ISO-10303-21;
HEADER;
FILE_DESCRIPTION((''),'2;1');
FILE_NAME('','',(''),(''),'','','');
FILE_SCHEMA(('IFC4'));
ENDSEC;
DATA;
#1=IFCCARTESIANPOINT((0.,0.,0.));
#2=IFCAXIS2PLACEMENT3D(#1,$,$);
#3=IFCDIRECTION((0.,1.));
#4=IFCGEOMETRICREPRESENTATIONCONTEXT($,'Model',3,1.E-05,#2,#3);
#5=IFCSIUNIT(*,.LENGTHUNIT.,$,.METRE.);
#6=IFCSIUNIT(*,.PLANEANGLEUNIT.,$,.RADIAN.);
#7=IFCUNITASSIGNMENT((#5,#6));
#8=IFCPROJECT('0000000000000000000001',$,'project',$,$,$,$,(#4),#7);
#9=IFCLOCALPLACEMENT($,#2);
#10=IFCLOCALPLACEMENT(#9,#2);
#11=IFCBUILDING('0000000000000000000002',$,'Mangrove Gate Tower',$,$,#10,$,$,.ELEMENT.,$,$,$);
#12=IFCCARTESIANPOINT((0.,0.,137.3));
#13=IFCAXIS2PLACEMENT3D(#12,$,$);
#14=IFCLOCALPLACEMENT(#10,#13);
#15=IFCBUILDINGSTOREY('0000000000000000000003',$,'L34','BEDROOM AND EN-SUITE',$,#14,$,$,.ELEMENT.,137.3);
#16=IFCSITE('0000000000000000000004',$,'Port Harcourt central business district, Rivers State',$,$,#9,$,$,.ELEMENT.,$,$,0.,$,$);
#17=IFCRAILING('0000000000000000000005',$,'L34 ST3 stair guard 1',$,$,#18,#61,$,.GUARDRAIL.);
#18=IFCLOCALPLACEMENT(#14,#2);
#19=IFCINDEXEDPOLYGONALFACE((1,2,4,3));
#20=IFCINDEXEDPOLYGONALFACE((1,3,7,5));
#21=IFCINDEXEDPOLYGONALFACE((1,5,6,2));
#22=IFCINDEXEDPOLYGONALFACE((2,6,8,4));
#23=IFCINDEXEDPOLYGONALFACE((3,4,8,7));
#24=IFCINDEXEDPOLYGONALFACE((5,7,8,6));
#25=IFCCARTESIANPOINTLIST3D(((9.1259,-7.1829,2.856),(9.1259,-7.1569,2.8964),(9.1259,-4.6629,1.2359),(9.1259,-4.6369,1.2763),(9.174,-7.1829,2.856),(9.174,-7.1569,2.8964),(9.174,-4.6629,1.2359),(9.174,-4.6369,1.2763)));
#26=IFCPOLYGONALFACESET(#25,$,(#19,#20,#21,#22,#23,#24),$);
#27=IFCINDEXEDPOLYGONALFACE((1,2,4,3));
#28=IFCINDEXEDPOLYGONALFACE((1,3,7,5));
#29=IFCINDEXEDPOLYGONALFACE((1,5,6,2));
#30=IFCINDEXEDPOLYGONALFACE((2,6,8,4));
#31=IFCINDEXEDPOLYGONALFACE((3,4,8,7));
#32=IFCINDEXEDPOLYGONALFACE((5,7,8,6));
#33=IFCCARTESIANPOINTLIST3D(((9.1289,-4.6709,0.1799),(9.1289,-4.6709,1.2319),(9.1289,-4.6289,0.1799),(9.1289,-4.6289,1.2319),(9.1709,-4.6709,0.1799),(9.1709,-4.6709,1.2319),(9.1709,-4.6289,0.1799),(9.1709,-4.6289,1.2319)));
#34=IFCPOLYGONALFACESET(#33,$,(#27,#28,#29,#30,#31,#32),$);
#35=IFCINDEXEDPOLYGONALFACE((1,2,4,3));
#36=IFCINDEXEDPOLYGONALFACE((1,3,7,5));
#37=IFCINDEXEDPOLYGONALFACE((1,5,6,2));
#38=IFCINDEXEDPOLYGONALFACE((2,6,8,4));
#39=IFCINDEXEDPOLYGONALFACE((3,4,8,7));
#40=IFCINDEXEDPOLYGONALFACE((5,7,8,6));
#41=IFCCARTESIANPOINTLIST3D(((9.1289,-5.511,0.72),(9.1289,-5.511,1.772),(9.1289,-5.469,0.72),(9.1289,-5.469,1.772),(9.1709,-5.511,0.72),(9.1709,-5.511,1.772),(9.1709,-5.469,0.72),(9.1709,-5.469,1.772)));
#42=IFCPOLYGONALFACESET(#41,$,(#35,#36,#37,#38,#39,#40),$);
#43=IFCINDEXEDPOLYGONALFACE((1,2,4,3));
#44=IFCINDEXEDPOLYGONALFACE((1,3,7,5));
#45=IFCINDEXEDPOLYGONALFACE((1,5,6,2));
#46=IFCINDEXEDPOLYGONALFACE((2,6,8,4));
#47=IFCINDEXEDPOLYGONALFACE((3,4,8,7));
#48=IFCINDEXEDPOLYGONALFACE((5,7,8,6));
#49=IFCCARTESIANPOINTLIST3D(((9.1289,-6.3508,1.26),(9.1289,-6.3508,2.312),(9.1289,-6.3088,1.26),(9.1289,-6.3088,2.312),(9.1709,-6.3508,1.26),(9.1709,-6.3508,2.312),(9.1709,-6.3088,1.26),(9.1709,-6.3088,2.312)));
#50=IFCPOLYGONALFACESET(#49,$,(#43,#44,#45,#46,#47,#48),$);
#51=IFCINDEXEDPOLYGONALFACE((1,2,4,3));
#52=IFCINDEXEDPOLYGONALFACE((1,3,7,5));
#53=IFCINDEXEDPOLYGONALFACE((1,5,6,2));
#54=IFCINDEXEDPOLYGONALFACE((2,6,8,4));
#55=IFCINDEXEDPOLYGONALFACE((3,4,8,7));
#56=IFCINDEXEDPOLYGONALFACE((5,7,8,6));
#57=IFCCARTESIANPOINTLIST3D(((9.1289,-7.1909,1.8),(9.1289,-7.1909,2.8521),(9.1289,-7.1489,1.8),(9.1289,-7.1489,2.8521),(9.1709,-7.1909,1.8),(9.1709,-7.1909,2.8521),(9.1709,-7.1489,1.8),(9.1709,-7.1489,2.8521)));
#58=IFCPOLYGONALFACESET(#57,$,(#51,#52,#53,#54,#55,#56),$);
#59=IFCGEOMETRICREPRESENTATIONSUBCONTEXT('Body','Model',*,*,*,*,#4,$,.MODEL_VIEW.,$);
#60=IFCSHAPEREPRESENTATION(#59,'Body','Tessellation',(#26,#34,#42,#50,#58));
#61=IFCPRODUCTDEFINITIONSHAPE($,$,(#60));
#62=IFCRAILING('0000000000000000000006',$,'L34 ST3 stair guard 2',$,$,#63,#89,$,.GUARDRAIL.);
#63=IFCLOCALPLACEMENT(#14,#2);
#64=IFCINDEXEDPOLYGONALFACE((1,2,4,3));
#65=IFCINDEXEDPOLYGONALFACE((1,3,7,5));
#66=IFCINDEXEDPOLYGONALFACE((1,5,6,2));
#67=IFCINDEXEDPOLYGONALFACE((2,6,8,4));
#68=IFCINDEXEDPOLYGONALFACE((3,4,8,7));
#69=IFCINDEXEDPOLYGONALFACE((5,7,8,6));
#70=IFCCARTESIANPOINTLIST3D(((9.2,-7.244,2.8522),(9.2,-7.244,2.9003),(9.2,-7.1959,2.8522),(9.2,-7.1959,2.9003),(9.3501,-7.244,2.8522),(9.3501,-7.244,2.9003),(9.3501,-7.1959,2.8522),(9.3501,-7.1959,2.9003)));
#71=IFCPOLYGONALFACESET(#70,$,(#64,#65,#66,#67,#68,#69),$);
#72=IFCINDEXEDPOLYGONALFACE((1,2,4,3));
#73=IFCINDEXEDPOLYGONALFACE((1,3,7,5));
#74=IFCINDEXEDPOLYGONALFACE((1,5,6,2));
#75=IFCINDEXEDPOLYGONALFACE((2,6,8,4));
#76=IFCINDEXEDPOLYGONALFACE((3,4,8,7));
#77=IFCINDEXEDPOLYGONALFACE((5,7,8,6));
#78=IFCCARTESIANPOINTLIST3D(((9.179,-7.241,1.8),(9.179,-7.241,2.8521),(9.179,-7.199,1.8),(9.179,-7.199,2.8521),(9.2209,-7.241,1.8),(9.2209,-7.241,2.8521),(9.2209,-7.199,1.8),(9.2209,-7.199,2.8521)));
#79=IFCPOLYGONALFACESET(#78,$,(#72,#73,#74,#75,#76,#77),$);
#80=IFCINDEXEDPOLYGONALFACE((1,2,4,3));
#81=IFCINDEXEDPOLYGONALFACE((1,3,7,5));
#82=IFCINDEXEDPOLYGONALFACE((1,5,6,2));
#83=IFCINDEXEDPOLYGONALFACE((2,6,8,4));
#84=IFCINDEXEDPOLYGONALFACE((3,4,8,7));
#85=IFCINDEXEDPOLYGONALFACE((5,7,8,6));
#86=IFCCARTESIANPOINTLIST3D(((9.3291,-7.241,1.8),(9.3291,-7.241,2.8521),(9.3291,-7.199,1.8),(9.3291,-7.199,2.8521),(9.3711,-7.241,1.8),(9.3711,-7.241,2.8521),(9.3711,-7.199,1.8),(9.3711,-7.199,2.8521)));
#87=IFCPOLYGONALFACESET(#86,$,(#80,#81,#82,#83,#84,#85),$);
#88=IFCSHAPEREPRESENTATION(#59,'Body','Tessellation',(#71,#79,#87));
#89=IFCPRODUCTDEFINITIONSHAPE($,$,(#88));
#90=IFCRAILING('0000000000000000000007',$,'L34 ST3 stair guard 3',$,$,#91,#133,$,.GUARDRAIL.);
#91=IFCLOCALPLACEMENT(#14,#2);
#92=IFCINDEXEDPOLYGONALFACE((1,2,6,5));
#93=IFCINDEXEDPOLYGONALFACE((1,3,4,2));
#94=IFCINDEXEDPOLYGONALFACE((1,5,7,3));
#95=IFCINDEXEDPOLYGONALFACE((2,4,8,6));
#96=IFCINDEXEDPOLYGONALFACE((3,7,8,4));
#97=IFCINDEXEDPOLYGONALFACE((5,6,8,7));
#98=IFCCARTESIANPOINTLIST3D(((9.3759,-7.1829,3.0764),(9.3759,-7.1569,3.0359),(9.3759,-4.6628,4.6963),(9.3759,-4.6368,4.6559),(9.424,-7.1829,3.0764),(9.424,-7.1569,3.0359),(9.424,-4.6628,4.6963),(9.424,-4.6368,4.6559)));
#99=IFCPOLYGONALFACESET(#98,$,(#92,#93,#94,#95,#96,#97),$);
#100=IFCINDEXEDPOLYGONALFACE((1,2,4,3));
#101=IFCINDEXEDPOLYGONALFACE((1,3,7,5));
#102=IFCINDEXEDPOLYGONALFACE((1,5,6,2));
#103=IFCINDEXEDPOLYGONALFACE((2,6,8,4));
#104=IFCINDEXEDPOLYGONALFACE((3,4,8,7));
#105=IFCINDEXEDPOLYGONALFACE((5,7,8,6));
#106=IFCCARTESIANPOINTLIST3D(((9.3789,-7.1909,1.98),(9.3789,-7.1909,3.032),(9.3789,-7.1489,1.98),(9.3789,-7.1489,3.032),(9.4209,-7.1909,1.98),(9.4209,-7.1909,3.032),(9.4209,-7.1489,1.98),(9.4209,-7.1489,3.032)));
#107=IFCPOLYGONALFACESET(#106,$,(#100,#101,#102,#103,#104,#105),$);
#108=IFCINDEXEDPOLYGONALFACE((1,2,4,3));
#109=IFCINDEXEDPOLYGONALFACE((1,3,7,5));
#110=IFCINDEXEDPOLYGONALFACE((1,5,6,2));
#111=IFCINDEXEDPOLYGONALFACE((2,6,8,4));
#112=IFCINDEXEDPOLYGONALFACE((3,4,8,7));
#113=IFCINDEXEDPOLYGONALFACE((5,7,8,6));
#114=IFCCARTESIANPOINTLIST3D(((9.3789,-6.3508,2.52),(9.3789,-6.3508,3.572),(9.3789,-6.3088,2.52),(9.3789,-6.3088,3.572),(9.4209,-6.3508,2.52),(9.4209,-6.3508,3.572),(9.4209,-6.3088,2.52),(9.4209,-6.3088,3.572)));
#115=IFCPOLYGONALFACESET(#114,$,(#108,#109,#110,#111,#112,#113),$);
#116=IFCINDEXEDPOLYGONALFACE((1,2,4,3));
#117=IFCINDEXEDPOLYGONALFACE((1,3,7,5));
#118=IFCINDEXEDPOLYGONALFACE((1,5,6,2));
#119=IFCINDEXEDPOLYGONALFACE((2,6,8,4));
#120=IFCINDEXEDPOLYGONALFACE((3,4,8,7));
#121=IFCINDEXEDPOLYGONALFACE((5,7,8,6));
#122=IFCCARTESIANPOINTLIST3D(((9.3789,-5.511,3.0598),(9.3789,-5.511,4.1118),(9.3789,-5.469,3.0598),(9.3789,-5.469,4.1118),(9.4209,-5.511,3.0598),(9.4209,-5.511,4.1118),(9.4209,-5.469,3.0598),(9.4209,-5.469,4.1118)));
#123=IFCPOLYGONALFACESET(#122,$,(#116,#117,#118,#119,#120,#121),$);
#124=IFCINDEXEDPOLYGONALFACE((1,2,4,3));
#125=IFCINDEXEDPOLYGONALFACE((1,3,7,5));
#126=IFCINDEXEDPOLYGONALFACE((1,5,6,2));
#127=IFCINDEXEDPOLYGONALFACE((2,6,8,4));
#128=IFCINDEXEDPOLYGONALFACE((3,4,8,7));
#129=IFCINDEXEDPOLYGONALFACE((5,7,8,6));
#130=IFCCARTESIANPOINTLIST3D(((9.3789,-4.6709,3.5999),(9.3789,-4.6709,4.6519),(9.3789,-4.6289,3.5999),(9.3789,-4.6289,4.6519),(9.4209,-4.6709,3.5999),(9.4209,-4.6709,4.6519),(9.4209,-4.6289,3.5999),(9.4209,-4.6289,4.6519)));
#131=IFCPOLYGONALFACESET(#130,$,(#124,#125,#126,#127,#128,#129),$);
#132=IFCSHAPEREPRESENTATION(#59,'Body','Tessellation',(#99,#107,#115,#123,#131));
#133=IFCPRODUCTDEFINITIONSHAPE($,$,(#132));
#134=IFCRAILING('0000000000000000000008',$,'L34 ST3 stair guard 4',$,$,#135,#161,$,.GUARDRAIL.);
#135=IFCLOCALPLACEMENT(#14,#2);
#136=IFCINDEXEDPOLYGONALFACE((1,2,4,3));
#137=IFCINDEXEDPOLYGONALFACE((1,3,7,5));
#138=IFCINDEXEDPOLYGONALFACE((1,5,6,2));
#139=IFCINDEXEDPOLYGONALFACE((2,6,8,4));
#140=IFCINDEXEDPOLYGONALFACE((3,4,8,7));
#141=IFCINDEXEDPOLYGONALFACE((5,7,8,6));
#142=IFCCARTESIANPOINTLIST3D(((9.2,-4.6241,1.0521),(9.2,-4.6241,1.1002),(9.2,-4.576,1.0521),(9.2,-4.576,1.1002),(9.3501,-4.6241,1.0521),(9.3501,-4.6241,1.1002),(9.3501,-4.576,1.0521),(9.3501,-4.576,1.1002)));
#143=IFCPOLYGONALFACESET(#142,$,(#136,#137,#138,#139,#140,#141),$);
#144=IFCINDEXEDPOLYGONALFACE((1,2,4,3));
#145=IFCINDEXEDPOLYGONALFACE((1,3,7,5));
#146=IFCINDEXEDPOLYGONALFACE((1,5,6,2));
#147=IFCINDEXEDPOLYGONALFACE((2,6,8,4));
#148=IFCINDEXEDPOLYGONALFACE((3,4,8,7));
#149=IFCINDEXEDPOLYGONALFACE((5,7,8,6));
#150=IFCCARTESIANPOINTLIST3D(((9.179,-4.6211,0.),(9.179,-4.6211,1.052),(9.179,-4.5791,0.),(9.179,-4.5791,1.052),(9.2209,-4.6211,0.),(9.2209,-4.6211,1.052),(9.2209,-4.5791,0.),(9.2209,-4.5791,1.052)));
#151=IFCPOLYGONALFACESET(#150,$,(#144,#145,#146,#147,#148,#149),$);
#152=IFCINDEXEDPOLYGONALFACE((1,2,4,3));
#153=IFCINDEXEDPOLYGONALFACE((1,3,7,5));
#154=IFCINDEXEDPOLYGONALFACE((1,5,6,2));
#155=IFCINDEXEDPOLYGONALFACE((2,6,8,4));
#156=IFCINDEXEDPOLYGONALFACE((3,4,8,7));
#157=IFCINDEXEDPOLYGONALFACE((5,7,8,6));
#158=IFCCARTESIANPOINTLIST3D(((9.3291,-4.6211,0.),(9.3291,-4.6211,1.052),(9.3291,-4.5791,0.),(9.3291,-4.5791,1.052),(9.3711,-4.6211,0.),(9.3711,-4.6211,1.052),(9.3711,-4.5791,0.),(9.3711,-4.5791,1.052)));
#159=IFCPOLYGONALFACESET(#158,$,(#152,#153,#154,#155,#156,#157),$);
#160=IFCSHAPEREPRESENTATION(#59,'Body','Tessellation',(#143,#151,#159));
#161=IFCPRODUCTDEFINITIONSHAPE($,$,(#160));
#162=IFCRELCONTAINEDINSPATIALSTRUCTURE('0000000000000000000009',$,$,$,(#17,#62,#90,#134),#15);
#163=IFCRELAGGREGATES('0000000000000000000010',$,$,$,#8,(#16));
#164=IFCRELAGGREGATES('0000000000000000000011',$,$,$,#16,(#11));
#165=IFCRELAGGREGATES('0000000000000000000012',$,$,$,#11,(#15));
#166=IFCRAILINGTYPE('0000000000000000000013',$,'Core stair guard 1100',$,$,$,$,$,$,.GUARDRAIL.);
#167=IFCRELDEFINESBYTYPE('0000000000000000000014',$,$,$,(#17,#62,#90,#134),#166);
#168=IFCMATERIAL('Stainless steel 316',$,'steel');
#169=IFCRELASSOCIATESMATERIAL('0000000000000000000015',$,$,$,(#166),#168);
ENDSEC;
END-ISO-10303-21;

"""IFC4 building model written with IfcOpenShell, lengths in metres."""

from ifc_helpers import new_model, si_unit, direction, frame, origin, origin_2d, place, context, subcontext, project, spatial, rectangle, extrude, material, type_object, element, save


model = new_model("IFC4")

# Units and contexts
model_context = context("Model", 3, precision=1e-05, world=origin(), true_north=direction((0.0, 1.0)))
body_context = subcontext(model_context, "Body", "Model", "MODEL_VIEW")
ifc_project = project(units=[si_unit("LENGTHUNIT", "METRE"), si_unit("PLANEANGLEUNIT", "RADIAN")], contexts=[model_context])

# Site, building, storey
site_placement = place(None, origin())
site = spatial("IfcSite", under=ifc_project, at=site_placement, Name="Port Harcourt central business district, Rivers State", CompositionType="ELEMENT", RefElevation=0.0)
building_placement = place(site_placement, origin())
building = spatial("IfcBuilding", under=site, at=building_placement, Name="Mangrove Gate Tower", CompositionType="ELEMENT")
storey_placement = place(building_placement, frame((0.0, 0.0, 137.3)))
storey = spatial("IfcBuildingStorey", under=building, at=storey_placement, Name="L34", Description="BEDROOM AND EN-SUITE", CompositionType="ELEMENT", Elevation=137.3)

# Railings
ifc_material_1 = material(Name="Stainless steel 316", Category="steel")
railing_type_1 = type_object("IfcRailingType", Name="Core stair guard 1100", PredefinedType="GUARDRAIL", material=ifc_material_1)
railing_1_placement = place(storey_placement, frame((9.1499, -4.6499, 0.1799)))
element("IfcRailing", 1, at=railing_1_placement, inside=storey, type_object=railing_type_1, Name="L34 ST3 stair guard 1", PredefinedType="GUARDRAIL", context=body_context, shape_type="SweptSolid", body=[
    extrude(rectangle(XDim=0.0481, YDim=0.0481, at=origin_2d()), frame((0.0, 0.0, 1.0762), z_axis=(0.0, -0.841163, 0.540782), x_axis=(1.0, 0.0, 0.0)), (0.0, 0.0, 1.0), 2.9958),
    extrude(rectangle(XDim=0.042, YDim=0.042, at=origin_2d()), origin(), (0.0, 0.0, 1.0), 1.052),
    extrude(rectangle(XDim=0.042, YDim=0.042, at=origin_2d()), frame((0.0, -0.8401, 0.54)), (0.0, 0.0, 1.0), 1.052),
    extrude(rectangle(XDim=0.042, YDim=0.042, at=origin_2d()), frame((0.0, -1.6799, 1.0801)), (0.0, 0.0, 1.0), 1.052),
    extrude(rectangle(XDim=0.042, YDim=0.042, at=origin_2d()), frame((0.0, -2.52, 1.6201)), (0.0, 0.0, 1.0), 1.052),
])
railing_2_placement = place(storey_placement, frame((9.2, -7.22, 1.8)))
element("IfcRailing", 2, at=railing_2_placement, inside=storey, type_object=railing_type_1, Name="L34 ST3 stair guard 2", PredefinedType="GUARDRAIL", context=body_context, shape_type="SweptSolid", body=[
    extrude(rectangle(XDim=0.0481, YDim=0.0481, at=origin_2d()), frame((0.0, 0.0, 1.0762), z_axis=(1.0, 0.0, 0.0), x_axis=(0.0, 1.0, 0.0)), (0.0, 0.0, 1.0), 0.1501),
    extrude(rectangle(XDim=0.042, YDim=0.042, at=origin_2d()), origin(), (0.0, 0.0, 1.0), 1.052),
    extrude(rectangle(XDim=0.042, YDim=0.042, at=origin_2d()), frame((0.1501, 0.0, 0.0)), (0.0, 0.0, 1.0), 1.052),
])
railing_3_placement = place(storey_placement, frame((9.3999, -7.1699, 1.98)))
element("IfcRailing", 3, at=railing_3_placement, inside=storey, type_object=railing_type_1, Name="L34 ST3 stair guard 3", PredefinedType="GUARDRAIL", context=body_context, shape_type="SweptSolid", body=[
    extrude(rectangle(XDim=0.0481, YDim=0.0481, at=origin_2d()), frame((0.0, 0.0, 1.0762), z_axis=(0.0, 0.8412, 0.540725), x_axis=(-1.0, 0.0, 0.0)), (0.0, 0.0, 1.0), 2.9958),
    extrude(rectangle(XDim=0.042, YDim=0.042, at=origin_2d()), origin(), (0.0, 0.0, 1.0), 1.052),
    extrude(rectangle(XDim=0.042, YDim=0.042, at=origin_2d()), frame((0.0, 0.8401, 0.54)), (0.0, 0.0, 1.0), 1.052),
    extrude(rectangle(XDim=0.042, YDim=0.042, at=origin_2d()), frame((0.0, 1.6799, 1.0798)), (0.0, 0.0, 1.0), 1.052),
    extrude(rectangle(XDim=0.042, YDim=0.042, at=origin_2d()), frame((0.0, 2.52, 1.6199)), (0.0, 0.0, 1.0), 1.052),
])
railing_4_placement = place(storey_placement, frame((9.2, -4.6001, 0.0)))
element("IfcRailing", 4, at=railing_4_placement, inside=storey, type_object=railing_type_1, Name="L34 ST3 stair guard 4", PredefinedType="GUARDRAIL", context=body_context, shape_type="SweptSolid", body=[
    extrude(rectangle(XDim=0.0481, YDim=0.0481, at=origin_2d()), frame((0.0, 0.0, 1.0762), z_axis=(1.0, 0.0, 0.0), x_axis=(0.0, 1.0, 0.0)), (0.0, 0.0, 1.0), 0.1501),
    extrude(rectangle(XDim=0.042, YDim=0.042, at=origin_2d()), origin(), (0.0, 0.0, 1.0), 1.052),
    extrude(rectangle(XDim=0.042, YDim=0.042, at=origin_2d()), frame((0.1501, 0.0, 0.0)), (0.0, 0.0, 1.0), 1.052),
])

save(model, "model.ifc")
